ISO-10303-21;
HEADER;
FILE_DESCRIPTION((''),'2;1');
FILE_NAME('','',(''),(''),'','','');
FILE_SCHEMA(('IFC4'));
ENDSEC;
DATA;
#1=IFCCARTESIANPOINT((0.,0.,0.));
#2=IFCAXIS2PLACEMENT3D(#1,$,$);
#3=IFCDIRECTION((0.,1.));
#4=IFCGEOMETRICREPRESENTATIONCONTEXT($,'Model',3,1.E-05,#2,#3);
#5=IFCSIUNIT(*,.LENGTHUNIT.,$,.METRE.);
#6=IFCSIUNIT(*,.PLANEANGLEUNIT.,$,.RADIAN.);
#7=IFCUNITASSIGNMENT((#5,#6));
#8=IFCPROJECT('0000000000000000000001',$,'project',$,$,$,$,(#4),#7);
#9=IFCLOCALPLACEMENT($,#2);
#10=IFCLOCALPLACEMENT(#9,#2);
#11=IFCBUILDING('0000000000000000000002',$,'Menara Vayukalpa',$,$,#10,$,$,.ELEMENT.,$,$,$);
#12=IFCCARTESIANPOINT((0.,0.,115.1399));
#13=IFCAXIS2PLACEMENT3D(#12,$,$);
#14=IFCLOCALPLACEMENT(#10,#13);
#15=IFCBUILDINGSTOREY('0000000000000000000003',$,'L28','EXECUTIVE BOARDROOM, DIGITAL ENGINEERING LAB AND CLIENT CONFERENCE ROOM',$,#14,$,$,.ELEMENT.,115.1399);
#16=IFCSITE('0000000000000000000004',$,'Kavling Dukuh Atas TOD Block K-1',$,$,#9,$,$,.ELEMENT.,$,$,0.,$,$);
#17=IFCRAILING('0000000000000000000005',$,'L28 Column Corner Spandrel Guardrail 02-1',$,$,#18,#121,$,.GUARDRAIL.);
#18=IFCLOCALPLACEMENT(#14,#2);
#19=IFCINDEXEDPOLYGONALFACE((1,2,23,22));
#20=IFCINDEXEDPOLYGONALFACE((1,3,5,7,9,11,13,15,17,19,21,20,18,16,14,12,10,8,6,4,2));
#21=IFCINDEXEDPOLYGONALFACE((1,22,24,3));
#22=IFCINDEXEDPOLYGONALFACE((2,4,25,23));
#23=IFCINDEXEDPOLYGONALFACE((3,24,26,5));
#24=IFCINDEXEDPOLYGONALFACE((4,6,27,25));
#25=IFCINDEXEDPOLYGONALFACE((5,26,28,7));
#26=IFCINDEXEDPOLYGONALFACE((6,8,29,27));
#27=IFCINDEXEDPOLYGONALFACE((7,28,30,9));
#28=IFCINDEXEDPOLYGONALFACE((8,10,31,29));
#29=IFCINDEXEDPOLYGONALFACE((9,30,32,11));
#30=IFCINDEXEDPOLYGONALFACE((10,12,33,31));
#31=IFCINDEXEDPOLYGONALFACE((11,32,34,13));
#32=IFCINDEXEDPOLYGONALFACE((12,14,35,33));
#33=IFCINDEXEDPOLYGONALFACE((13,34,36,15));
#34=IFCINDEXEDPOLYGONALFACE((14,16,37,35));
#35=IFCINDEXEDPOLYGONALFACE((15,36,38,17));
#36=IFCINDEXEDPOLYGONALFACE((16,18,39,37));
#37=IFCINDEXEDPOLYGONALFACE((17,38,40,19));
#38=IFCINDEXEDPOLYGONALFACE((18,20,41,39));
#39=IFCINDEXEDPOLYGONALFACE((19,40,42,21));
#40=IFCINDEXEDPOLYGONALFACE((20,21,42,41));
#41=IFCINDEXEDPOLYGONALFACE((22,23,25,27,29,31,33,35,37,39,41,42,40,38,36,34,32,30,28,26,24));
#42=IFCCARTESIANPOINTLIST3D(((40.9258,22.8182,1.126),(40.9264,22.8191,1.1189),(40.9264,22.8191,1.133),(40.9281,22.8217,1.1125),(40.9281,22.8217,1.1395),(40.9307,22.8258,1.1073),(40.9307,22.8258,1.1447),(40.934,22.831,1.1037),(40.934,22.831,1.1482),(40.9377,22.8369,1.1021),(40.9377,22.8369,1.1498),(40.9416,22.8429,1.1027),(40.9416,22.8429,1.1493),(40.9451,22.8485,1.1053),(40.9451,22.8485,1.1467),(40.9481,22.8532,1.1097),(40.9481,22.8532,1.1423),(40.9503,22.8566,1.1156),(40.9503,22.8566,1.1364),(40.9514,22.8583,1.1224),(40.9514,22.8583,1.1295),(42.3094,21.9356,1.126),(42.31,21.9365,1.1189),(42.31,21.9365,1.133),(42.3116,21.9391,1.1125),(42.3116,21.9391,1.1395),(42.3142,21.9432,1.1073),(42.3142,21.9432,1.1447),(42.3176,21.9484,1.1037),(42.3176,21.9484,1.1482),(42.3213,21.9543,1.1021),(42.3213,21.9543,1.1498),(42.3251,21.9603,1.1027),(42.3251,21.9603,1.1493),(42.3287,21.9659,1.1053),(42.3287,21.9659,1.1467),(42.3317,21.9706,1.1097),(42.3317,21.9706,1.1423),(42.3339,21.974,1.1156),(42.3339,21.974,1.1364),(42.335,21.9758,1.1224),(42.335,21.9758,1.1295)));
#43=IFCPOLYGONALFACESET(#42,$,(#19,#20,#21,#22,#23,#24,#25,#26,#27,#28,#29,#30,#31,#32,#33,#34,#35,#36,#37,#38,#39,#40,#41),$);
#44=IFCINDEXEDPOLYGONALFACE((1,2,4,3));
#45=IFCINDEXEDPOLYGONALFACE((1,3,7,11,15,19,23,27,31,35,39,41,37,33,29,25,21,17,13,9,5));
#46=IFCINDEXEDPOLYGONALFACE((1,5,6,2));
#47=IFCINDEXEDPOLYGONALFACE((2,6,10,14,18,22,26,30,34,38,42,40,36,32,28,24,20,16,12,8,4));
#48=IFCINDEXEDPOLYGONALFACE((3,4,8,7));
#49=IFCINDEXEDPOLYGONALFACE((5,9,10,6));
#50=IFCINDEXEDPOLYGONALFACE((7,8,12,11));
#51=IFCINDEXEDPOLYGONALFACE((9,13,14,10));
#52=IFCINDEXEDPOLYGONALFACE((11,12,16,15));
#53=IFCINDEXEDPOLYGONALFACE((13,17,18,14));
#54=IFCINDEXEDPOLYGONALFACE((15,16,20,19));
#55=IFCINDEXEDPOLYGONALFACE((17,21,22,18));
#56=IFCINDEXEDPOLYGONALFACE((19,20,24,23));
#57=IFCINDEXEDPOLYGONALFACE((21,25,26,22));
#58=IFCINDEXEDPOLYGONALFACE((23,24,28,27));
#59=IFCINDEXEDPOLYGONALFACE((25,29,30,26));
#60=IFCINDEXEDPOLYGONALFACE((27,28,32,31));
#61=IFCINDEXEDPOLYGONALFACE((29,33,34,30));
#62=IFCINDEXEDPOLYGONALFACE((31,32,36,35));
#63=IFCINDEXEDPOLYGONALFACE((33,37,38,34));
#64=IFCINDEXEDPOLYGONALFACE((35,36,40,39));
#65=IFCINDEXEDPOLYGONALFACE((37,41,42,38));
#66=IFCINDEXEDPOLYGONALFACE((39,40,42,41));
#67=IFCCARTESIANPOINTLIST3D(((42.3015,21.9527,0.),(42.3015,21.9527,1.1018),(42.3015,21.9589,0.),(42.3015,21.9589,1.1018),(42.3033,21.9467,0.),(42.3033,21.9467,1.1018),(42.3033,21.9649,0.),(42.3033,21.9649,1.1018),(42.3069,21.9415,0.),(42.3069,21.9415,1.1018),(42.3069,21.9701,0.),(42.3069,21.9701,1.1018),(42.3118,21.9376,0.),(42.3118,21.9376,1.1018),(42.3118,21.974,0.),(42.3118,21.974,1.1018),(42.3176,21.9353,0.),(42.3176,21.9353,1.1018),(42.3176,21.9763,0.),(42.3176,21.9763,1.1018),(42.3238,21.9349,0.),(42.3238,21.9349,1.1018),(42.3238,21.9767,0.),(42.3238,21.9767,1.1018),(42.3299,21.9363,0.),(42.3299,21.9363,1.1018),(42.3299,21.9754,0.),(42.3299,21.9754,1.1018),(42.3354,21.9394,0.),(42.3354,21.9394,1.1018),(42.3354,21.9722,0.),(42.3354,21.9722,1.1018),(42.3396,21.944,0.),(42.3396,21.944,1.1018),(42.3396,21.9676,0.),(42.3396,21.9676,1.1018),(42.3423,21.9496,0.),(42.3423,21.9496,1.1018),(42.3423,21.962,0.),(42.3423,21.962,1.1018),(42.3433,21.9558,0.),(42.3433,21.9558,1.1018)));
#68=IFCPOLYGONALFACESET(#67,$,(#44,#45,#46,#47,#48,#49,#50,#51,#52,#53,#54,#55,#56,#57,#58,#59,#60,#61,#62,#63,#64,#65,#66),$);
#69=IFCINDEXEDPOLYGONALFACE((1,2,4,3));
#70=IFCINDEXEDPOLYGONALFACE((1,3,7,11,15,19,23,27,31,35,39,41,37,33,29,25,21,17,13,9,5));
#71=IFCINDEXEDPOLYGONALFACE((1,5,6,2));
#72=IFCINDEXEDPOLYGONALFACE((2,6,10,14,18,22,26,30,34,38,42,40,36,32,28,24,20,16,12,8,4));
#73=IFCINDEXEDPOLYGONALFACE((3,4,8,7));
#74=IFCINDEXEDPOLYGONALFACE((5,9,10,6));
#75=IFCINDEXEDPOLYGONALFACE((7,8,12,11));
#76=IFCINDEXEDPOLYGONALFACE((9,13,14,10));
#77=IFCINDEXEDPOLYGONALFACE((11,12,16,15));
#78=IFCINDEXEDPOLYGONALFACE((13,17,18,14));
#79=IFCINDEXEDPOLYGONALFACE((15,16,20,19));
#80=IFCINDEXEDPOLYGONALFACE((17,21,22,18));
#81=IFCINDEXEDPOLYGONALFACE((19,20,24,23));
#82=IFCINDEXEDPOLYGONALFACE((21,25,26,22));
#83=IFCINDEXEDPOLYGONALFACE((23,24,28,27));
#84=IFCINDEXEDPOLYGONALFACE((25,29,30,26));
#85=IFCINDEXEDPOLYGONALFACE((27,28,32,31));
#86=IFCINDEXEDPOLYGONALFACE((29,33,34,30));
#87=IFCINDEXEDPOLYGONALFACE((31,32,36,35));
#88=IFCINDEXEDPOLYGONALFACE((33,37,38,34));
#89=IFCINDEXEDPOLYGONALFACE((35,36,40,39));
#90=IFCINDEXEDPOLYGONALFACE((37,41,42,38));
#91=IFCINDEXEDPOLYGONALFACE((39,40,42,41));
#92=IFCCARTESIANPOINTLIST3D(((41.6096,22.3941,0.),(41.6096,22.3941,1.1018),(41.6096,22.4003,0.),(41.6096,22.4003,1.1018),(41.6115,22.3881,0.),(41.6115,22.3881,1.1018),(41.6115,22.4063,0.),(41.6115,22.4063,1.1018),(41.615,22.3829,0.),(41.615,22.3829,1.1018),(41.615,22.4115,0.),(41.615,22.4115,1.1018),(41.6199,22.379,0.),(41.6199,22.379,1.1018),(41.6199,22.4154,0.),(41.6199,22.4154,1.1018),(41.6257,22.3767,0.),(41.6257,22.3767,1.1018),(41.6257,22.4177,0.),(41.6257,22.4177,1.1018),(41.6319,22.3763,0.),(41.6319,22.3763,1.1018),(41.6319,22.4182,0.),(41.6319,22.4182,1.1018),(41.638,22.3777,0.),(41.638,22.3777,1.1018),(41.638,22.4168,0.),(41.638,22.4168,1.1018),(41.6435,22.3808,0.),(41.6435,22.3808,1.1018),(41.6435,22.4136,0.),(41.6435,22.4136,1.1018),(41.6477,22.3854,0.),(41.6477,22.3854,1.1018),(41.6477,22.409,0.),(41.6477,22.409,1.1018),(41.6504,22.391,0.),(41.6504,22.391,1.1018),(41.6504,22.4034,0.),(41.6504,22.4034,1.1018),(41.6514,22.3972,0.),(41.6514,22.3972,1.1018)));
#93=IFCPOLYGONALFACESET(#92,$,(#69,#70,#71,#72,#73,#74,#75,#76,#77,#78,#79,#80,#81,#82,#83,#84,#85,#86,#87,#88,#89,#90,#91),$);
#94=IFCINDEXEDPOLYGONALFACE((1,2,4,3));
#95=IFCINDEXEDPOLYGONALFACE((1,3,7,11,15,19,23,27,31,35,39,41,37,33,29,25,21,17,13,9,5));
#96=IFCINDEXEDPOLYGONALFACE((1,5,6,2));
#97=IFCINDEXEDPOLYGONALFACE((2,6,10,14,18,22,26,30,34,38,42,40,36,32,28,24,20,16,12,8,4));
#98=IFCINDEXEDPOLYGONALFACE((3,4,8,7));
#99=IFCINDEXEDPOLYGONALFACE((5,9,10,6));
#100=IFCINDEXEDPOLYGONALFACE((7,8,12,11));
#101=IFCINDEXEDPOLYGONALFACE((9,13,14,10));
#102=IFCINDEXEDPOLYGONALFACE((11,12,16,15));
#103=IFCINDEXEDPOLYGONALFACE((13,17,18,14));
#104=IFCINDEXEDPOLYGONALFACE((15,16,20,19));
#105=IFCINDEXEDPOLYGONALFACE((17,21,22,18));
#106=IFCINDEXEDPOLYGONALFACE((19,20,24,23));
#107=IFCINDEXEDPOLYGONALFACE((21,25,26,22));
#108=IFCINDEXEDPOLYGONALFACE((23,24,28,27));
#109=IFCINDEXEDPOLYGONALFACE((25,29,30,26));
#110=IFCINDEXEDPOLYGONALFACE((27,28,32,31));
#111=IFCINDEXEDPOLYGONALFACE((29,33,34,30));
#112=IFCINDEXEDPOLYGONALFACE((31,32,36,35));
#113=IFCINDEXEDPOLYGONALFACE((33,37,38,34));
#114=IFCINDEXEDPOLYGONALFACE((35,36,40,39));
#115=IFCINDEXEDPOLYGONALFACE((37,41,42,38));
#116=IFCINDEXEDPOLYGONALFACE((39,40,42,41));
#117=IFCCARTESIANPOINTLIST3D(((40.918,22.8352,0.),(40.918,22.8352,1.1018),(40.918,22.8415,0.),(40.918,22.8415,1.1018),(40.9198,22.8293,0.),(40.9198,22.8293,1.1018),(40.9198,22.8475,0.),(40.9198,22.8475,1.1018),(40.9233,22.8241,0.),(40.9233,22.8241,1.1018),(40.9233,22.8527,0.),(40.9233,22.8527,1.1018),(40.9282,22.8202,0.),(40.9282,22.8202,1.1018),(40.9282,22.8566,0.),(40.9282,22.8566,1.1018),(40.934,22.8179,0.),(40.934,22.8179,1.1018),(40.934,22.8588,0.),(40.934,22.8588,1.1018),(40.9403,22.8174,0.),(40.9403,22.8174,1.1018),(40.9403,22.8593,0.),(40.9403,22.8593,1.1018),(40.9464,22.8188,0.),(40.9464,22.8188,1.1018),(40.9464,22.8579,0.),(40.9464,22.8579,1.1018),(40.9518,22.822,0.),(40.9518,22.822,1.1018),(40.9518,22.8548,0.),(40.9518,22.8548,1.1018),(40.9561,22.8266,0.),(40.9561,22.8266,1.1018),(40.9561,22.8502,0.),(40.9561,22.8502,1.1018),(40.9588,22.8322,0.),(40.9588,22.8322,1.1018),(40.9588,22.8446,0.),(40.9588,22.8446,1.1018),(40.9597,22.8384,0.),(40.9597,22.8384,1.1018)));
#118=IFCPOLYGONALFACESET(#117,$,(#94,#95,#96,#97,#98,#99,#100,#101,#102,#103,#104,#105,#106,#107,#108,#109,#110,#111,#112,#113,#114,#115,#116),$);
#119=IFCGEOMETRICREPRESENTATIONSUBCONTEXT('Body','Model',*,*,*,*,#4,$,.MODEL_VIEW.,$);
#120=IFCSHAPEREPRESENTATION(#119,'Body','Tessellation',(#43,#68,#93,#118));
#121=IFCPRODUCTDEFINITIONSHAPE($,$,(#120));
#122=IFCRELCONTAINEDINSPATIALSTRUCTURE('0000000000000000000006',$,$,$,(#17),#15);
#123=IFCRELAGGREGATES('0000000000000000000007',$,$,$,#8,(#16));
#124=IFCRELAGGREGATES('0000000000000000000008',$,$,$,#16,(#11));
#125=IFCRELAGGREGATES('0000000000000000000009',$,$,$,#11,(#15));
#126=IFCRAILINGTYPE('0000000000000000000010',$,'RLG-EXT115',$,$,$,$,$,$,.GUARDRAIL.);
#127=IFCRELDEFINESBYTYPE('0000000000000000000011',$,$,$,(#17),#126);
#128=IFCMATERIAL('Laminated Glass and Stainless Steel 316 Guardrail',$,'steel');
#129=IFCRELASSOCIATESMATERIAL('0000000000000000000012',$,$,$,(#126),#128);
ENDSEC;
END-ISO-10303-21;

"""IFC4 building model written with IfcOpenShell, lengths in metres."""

from ifc_helpers import new_model, si_unit, direction, frame, origin, origin_2d, place, context, subcontext, project, spatial, circle, extrude, material, type_object, element, save


model = new_model("IFC4")

# Units and contexts
model_context = context("Model", 3, precision=1e-05, world=origin(), true_north=direction((0.0, 1.0)))
body_context = subcontext(model_context, "Body", "Model", "MODEL_VIEW")
ifc_project = project(units=[si_unit("LENGTHUNIT", "METRE"), si_unit("PLANEANGLEUNIT", "RADIAN")], contexts=[model_context])

# Site, building, storey
site_placement = place(None, origin())
site = spatial("IfcSite", under=ifc_project, at=site_placement, Name="Kavling Dukuh Atas TOD Block K-1", CompositionType="ELEMENT", RefElevation=0.0)
building_placement = place(site_placement, origin())
building = spatial("IfcBuilding", under=site, at=building_placement, Name="Menara Vayukalpa", CompositionType="ELEMENT")
storey_placement = place(building_placement, frame((0.0, 0.0, 115.1399)))
storey = spatial("IfcBuildingStorey", under=building, at=storey_placement, Name="L28", Description="EXECUTIVE BOARDROOM, DIGITAL ENGINEERING LAB AND CLIENT CONFERENCE ROOM", CompositionType="ELEMENT", Elevation=115.1399)

# Railing
ifc_material_1 = material(Name="Laminated Glass and Stainless Steel 316 Guardrail", Category="steel")
railing_type_1 = type_object("IfcRailingType", Name="RLG-EXT115", PredefinedType="GUARDRAIL", material=ifc_material_1)
railing_1_placement = place(storey_placement, frame((42.3223, 21.9558, 0.0)))
element("IfcRailing", 1, at=railing_1_placement, inside=storey, type_object=railing_type_1, Name="L28 Column Corner Spandrel Guardrail 02-1", PredefinedType="GUARDRAIL", context=body_context, shape_type="SweptSolid", body=[
    extrude(circle(Radius=0.0239, at=origin_2d()), frame((0.0, 0.0, 1.126), z_axis=(-0.843073, 0.537799, 0.0), x_axis=(-0.537799, -0.843073, 0.0)), (0.0, 0.0, 1.0), 1.6411),
    extrude(circle(Radius=0.021, at=origin_2d()), origin(), (0.0, 0.0, 1.0), 1.1018),
    extrude(circle(Radius=0.021, at=origin_2d()), frame((-0.6919, 0.4414, 0.0)), (0.0, 0.0, 1.0), 1.1018),
    extrude(circle(Radius=0.021, at=origin_2d()), frame((-1.3835, 0.8826, 0.0)), (0.0, 0.0, 1.0), 1.1018),
])

save(model, "model.ifc")
